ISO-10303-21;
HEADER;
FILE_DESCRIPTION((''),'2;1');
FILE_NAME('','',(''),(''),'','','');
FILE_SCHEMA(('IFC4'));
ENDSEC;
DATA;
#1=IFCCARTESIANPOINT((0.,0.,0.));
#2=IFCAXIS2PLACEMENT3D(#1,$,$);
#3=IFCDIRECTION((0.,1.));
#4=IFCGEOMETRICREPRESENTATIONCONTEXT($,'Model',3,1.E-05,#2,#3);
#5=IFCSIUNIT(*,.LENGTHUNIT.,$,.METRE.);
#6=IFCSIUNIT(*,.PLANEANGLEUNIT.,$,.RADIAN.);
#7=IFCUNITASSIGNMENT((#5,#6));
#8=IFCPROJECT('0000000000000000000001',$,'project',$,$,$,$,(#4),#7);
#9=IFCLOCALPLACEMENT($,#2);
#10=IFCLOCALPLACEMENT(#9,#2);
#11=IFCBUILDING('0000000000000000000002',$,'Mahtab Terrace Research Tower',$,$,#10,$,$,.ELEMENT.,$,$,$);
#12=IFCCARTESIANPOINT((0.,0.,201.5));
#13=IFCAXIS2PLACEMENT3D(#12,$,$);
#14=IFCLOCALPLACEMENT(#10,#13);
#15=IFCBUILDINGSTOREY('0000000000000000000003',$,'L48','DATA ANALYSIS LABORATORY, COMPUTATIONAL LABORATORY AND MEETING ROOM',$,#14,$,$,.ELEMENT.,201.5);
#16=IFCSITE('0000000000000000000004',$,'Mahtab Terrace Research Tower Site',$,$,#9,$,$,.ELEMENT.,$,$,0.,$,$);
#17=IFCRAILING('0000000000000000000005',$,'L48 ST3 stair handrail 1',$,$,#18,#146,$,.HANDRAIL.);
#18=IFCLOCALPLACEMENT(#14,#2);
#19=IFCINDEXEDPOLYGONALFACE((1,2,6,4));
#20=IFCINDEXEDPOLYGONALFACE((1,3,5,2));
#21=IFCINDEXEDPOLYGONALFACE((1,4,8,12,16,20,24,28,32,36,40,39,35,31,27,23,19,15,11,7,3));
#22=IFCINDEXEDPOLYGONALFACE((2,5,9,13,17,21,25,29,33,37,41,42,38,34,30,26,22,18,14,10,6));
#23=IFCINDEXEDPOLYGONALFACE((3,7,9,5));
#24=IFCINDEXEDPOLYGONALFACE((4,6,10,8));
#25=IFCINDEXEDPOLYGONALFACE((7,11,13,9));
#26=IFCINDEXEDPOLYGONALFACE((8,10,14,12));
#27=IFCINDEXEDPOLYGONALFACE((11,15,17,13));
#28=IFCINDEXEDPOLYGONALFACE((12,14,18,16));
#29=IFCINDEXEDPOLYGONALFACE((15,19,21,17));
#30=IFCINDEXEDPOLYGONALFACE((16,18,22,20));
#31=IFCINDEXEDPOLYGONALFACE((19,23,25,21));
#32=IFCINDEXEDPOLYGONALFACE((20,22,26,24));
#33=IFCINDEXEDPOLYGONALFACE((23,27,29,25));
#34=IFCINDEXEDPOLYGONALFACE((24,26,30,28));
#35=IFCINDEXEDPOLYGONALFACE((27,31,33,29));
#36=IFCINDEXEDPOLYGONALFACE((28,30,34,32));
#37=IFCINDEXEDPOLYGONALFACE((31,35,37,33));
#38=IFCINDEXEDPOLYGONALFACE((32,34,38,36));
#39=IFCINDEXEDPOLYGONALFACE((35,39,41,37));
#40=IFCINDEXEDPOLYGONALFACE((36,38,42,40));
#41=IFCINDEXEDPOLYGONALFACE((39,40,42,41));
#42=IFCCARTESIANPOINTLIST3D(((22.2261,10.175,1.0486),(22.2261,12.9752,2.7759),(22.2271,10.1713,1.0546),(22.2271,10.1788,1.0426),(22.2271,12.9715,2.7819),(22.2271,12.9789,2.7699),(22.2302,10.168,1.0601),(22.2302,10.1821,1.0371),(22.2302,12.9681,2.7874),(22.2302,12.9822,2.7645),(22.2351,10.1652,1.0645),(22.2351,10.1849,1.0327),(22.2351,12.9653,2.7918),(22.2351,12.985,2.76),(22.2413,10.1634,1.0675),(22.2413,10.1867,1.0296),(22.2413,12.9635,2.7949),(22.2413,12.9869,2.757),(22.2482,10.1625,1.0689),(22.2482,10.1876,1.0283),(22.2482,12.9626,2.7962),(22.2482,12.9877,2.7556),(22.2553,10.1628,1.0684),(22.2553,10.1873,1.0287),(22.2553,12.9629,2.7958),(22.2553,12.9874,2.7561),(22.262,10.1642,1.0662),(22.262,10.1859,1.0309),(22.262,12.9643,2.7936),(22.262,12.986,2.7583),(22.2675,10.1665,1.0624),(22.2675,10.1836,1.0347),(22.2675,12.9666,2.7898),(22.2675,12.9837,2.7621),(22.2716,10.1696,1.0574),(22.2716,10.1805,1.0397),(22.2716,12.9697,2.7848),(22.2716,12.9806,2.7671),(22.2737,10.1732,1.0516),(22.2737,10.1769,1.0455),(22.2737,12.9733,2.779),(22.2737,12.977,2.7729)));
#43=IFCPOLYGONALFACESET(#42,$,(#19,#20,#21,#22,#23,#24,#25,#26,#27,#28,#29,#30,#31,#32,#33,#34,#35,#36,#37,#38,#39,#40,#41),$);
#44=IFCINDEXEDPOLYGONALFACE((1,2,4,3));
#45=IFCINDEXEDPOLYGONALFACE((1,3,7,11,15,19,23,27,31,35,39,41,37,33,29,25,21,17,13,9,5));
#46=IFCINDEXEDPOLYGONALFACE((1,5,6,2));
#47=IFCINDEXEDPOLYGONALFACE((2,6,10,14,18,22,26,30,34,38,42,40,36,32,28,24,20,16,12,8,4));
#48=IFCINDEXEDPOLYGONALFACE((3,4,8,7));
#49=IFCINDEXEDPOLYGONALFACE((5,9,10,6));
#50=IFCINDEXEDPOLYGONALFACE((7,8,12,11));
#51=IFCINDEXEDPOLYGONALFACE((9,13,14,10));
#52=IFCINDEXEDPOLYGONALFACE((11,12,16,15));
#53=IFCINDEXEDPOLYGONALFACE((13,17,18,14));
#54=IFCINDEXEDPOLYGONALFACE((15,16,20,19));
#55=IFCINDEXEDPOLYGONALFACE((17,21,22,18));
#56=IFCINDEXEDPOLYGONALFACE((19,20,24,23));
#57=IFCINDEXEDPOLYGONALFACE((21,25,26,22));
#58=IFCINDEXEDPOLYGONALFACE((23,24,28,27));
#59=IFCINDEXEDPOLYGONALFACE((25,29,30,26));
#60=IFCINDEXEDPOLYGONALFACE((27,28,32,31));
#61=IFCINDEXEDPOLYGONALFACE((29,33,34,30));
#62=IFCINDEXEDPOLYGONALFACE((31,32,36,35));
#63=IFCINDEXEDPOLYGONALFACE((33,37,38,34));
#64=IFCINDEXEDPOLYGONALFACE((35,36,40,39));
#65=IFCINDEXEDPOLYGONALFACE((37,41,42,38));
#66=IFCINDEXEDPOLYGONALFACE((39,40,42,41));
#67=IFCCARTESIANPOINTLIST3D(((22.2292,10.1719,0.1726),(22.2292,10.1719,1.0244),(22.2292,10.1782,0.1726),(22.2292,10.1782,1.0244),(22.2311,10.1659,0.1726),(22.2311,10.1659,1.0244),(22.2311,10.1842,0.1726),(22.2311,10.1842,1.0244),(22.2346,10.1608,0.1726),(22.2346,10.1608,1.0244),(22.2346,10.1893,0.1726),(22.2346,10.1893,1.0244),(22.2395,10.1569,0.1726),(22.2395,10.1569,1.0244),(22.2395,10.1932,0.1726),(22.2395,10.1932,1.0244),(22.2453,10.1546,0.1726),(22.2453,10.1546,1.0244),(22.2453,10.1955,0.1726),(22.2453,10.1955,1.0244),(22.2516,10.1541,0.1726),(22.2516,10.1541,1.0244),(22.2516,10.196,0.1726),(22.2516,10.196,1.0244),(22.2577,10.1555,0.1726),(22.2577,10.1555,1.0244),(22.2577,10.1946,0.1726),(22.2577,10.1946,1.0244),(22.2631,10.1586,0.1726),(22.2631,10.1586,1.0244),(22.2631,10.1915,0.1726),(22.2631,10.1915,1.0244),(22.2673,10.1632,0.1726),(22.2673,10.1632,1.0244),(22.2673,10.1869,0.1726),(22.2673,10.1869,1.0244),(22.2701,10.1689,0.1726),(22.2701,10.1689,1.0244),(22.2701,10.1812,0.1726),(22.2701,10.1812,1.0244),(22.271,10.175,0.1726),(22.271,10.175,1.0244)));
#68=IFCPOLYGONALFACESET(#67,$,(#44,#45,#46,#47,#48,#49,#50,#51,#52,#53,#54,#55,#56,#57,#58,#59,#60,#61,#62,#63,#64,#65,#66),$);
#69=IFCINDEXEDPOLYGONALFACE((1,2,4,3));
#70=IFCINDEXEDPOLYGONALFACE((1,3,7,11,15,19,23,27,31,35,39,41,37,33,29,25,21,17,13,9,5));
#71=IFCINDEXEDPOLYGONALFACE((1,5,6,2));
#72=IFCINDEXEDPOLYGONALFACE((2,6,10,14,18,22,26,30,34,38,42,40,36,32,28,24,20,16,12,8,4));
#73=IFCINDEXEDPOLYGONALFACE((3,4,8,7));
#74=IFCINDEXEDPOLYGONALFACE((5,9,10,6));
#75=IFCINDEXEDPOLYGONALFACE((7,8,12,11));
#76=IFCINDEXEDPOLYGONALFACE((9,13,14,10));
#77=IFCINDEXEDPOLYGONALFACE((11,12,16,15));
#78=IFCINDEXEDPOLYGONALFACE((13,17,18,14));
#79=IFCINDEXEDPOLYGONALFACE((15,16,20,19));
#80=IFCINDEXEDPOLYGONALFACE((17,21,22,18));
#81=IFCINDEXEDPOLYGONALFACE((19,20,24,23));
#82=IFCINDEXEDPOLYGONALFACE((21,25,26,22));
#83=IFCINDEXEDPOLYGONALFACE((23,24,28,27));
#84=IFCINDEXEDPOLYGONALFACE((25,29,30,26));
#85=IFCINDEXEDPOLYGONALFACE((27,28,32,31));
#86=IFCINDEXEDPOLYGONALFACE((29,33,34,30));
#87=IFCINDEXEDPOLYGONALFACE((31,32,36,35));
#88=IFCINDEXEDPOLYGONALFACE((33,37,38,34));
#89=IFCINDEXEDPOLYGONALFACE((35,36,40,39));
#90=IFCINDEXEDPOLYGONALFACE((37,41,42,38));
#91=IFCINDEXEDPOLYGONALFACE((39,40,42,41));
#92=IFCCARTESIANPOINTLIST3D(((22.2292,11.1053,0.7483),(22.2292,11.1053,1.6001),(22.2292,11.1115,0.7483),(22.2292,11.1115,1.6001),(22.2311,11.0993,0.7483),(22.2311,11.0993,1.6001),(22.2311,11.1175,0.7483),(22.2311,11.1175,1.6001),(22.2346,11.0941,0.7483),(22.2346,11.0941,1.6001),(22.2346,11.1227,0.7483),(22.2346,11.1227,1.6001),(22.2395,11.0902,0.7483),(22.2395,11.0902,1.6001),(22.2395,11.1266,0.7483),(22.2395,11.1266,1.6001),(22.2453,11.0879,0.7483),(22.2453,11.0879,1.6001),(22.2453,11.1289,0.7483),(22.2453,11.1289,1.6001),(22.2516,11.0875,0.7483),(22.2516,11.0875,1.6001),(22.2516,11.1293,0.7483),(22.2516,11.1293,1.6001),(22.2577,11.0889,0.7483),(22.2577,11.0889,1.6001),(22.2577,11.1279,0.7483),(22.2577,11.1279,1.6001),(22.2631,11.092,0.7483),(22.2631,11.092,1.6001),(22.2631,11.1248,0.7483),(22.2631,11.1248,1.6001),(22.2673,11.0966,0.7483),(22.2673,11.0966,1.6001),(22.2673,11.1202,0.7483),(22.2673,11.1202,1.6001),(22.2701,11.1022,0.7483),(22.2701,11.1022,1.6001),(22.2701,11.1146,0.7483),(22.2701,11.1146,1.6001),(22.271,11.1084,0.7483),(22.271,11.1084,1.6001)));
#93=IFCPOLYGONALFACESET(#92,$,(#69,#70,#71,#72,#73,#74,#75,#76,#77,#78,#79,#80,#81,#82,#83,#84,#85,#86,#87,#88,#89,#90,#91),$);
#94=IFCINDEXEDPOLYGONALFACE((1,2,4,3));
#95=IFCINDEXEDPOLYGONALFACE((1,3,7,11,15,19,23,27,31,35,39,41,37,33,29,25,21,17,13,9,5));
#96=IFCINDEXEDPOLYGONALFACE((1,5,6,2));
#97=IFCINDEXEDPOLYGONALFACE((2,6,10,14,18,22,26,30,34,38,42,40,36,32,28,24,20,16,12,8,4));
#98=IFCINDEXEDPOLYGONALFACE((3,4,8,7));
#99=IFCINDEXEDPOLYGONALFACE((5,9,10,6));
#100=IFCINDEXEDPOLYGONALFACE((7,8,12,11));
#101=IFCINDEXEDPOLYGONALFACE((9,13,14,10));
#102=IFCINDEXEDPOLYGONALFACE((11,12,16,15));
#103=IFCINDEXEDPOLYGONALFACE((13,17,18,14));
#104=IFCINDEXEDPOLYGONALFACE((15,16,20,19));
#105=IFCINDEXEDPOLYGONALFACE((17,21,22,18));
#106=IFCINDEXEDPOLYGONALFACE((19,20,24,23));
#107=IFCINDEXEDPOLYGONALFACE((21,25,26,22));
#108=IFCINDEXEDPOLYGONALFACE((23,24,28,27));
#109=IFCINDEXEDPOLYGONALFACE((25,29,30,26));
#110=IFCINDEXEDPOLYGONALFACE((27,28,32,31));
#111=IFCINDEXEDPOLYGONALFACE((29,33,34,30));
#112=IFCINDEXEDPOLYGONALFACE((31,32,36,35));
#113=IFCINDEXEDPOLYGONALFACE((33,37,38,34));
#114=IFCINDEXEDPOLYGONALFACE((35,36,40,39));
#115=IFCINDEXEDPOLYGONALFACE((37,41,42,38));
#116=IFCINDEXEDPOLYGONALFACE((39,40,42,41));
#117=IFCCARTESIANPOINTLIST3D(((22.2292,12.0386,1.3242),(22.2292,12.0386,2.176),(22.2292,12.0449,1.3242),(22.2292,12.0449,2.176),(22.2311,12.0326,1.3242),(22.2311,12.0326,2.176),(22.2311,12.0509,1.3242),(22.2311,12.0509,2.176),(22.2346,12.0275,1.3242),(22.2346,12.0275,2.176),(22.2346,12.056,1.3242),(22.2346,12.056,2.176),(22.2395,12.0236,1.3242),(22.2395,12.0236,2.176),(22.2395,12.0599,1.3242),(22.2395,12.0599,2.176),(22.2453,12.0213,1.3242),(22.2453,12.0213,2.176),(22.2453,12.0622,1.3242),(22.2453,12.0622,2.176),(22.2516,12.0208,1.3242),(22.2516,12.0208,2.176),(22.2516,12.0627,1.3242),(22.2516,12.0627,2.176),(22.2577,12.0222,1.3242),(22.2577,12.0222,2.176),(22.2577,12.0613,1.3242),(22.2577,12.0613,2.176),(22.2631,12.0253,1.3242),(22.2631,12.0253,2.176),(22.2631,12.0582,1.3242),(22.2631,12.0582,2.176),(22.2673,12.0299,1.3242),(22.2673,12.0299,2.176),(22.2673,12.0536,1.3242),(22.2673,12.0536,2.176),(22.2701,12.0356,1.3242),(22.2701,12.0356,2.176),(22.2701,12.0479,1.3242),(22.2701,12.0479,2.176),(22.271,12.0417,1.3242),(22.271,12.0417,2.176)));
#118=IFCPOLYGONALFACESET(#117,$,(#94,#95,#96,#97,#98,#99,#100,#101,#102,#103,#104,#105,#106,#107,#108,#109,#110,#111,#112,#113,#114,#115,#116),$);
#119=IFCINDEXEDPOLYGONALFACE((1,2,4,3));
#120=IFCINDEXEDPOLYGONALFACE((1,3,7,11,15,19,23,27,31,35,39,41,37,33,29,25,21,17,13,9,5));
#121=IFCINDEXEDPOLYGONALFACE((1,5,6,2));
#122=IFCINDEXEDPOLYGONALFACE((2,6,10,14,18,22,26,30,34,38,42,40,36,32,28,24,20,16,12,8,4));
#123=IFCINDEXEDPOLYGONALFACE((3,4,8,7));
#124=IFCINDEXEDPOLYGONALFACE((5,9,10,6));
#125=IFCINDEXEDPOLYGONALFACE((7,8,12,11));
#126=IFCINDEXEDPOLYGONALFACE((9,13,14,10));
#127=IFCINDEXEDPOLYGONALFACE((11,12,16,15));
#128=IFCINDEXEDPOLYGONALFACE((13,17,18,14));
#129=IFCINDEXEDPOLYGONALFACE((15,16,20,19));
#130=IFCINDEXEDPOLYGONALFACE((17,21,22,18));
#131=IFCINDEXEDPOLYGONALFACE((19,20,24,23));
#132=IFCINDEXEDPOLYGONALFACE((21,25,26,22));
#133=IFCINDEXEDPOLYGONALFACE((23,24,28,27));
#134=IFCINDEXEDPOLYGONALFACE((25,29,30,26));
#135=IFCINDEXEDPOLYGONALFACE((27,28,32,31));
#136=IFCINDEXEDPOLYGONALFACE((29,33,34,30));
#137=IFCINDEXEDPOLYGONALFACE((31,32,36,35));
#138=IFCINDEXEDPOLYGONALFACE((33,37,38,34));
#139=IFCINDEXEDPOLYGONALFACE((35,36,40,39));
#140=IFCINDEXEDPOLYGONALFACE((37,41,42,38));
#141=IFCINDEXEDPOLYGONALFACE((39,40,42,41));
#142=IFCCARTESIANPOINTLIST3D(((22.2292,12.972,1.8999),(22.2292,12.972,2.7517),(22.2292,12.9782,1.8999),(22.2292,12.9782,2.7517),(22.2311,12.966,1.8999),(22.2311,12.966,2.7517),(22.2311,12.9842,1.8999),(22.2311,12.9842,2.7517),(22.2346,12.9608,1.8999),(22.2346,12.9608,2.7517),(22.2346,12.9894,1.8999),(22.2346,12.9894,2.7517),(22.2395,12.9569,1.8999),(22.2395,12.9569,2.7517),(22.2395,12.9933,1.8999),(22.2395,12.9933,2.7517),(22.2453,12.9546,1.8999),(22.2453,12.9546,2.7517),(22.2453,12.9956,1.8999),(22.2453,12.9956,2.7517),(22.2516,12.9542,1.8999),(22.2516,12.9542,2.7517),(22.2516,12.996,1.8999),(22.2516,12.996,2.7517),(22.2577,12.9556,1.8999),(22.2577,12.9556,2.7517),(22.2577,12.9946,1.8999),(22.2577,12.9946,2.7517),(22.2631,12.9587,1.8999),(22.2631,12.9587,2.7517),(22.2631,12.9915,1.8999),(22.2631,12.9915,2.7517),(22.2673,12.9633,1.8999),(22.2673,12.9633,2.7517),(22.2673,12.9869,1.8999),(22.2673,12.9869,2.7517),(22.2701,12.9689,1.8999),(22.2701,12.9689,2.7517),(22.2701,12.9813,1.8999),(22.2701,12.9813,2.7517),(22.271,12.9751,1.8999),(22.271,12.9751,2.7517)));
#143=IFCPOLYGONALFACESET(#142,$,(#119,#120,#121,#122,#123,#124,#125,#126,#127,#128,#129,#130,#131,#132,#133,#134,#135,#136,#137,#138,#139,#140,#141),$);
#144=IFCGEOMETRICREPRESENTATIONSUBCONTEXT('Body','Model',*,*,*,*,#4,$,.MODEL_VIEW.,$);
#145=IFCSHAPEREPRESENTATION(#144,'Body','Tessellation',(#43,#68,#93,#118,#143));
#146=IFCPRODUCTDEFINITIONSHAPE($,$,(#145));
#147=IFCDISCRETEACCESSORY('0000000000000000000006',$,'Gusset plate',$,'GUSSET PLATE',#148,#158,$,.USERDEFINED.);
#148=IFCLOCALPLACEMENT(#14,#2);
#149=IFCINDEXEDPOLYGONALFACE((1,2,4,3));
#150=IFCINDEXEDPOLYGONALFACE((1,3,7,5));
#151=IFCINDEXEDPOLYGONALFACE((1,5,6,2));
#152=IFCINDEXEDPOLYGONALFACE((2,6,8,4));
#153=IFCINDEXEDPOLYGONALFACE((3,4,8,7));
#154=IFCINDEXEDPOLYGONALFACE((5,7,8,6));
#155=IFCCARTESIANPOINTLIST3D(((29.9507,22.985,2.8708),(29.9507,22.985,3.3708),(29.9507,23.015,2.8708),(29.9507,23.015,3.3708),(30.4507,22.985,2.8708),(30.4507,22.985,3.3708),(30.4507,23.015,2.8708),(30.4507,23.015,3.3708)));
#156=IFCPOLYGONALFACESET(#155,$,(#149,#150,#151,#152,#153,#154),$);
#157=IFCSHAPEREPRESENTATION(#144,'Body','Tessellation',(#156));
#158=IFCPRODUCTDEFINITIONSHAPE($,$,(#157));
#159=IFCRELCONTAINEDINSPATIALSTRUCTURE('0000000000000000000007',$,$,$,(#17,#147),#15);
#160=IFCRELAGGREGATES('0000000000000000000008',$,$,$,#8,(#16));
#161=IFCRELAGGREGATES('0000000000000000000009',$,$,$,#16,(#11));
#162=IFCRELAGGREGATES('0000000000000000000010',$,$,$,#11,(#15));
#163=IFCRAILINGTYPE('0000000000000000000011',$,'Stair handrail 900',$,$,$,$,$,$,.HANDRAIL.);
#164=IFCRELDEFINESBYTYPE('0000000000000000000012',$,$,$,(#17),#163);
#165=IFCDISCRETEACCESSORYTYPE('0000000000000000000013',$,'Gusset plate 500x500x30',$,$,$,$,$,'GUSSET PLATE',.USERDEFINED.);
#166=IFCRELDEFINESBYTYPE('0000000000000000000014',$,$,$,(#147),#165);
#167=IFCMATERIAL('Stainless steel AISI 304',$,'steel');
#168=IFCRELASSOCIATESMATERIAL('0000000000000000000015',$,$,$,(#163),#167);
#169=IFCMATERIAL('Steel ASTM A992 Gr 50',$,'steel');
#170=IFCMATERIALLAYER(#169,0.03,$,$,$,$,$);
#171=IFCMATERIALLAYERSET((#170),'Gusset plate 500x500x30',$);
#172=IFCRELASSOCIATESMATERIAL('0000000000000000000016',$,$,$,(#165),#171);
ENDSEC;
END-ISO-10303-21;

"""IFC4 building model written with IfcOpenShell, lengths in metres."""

from ifc_helpers import new_model, si_unit, direction, frame, origin, origin_2d, place, context, subcontext, project, spatial, rectangle, circle, extrude, material, layer, layer_set, type_object, element, save


model = new_model("IFC4")

# Units and contexts
model_context = context("Model", 3, precision=1e-05, world=origin(), true_north=direction((0.0, 1.0)))
body_context = subcontext(model_context, "Body", "Model", "MODEL_VIEW")
ifc_project = project(units=[si_unit("LENGTHUNIT", "METRE"), si_unit("PLANEANGLEUNIT", "RADIAN")], contexts=[model_context])

# Site, building, storey
site_placement = place(None, origin())
site = spatial("IfcSite", under=ifc_project, at=site_placement, Name="Mahtab Terrace Research Tower Site", CompositionType="ELEMENT", RefElevation=0.0)
building_placement = place(site_placement, origin())
building = spatial("IfcBuilding", under=site, at=building_placement, Name="Mahtab Terrace Research Tower", CompositionType="ELEMENT")
storey_placement = place(building_placement, frame((0.0, 0.0, 201.5)))
storey = spatial("IfcBuildingStorey", under=building, at=storey_placement, Name="L48", Description="DATA ANALYSIS LABORATORY, COMPUTATIONAL LABORATORY AND MEETING ROOM", CompositionType="ELEMENT", Elevation=201.5)

# Shared definitions
ifc_material_1 = material(Name="Steel ASTM A992 Gr 50", Category="steel")

# Shared definitions
ifc_material_2 = material(Name="Stainless steel AISI 304", Category="steel")

# Railing
railing_type_1 = type_object("IfcRailingType", Name="Stair handrail 900", PredefinedType="HANDRAIL", material=ifc_material_2)
railing_1_placement = place(storey_placement, frame((22.25, 10.175, 0.1726)))
element("IfcRailing", 1, at=railing_1_placement, inside=storey, type_object=railing_type_1, Name="L48 ST3 stair handrail 1", PredefinedType="HANDRAIL", context=body_context, shape_type="SweptSolid", body=[
    extrude(circle(Radius=0.0239, at=origin_2d()), frame((0.0, 0.0, 0.876), z_axis=(0.0, 0.85109, 0.52502), x_axis=(-1.0, 0.0, 0.0)), (0.0, 0.0, 1.0), 3.29),
    extrude(circle(Radius=0.021, at=origin_2d()), origin(), (0.0, 0.0, 1.0), 0.8518),
    extrude(circle(Radius=0.021, at=origin_2d()), frame((0.0, 0.9333, 0.5757)), (0.0, 0.0, 1.0), 0.8518),
    extrude(circle(Radius=0.021, at=origin_2d()), frame((0.0, 1.8667, 1.1516)), (0.0, 0.0, 1.0), 0.8518),
    extrude(circle(Radius=0.021, at=origin_2d()), frame((0.0, 2.8, 1.7273)), (0.0, 0.0, 1.0), 0.8518),
])

# Discrete accessory
ifc_layer_1 = layer(ifc_material_1, 0.03)
ifc_layer_set_1 = layer_set([ifc_layer_1], Name="Gusset plate 500x500x30")
discrete_accessory_type = type_object("IfcDiscreteAccessoryType", Name="Gusset plate 500x500x30", ElementType="GUSSET PLATE", PredefinedType="USERDEFINED", material=ifc_layer_set_1)
discrete_accessory_placement = place(storey_placement, frame((30.2007, 23.0, 2.8708), z_axis=(0.0, 0.0, 1.0), x_axis=(1.0, 0.0, 0.0)))
element("IfcDiscreteAccessory", 2, at=discrete_accessory_placement, inside=storey, type_object=discrete_accessory_type, Name="Gusset plate", ObjectType="GUSSET PLATE", PredefinedType="USERDEFINED", context=body_context, shape_type="SweptSolid", body=[
    extrude(rectangle(XDim=0.5, YDim=0.03, at=origin_2d()), origin(), (0.0, 0.0, 1.0), 0.5),
])

save(model, "model.ifc")
